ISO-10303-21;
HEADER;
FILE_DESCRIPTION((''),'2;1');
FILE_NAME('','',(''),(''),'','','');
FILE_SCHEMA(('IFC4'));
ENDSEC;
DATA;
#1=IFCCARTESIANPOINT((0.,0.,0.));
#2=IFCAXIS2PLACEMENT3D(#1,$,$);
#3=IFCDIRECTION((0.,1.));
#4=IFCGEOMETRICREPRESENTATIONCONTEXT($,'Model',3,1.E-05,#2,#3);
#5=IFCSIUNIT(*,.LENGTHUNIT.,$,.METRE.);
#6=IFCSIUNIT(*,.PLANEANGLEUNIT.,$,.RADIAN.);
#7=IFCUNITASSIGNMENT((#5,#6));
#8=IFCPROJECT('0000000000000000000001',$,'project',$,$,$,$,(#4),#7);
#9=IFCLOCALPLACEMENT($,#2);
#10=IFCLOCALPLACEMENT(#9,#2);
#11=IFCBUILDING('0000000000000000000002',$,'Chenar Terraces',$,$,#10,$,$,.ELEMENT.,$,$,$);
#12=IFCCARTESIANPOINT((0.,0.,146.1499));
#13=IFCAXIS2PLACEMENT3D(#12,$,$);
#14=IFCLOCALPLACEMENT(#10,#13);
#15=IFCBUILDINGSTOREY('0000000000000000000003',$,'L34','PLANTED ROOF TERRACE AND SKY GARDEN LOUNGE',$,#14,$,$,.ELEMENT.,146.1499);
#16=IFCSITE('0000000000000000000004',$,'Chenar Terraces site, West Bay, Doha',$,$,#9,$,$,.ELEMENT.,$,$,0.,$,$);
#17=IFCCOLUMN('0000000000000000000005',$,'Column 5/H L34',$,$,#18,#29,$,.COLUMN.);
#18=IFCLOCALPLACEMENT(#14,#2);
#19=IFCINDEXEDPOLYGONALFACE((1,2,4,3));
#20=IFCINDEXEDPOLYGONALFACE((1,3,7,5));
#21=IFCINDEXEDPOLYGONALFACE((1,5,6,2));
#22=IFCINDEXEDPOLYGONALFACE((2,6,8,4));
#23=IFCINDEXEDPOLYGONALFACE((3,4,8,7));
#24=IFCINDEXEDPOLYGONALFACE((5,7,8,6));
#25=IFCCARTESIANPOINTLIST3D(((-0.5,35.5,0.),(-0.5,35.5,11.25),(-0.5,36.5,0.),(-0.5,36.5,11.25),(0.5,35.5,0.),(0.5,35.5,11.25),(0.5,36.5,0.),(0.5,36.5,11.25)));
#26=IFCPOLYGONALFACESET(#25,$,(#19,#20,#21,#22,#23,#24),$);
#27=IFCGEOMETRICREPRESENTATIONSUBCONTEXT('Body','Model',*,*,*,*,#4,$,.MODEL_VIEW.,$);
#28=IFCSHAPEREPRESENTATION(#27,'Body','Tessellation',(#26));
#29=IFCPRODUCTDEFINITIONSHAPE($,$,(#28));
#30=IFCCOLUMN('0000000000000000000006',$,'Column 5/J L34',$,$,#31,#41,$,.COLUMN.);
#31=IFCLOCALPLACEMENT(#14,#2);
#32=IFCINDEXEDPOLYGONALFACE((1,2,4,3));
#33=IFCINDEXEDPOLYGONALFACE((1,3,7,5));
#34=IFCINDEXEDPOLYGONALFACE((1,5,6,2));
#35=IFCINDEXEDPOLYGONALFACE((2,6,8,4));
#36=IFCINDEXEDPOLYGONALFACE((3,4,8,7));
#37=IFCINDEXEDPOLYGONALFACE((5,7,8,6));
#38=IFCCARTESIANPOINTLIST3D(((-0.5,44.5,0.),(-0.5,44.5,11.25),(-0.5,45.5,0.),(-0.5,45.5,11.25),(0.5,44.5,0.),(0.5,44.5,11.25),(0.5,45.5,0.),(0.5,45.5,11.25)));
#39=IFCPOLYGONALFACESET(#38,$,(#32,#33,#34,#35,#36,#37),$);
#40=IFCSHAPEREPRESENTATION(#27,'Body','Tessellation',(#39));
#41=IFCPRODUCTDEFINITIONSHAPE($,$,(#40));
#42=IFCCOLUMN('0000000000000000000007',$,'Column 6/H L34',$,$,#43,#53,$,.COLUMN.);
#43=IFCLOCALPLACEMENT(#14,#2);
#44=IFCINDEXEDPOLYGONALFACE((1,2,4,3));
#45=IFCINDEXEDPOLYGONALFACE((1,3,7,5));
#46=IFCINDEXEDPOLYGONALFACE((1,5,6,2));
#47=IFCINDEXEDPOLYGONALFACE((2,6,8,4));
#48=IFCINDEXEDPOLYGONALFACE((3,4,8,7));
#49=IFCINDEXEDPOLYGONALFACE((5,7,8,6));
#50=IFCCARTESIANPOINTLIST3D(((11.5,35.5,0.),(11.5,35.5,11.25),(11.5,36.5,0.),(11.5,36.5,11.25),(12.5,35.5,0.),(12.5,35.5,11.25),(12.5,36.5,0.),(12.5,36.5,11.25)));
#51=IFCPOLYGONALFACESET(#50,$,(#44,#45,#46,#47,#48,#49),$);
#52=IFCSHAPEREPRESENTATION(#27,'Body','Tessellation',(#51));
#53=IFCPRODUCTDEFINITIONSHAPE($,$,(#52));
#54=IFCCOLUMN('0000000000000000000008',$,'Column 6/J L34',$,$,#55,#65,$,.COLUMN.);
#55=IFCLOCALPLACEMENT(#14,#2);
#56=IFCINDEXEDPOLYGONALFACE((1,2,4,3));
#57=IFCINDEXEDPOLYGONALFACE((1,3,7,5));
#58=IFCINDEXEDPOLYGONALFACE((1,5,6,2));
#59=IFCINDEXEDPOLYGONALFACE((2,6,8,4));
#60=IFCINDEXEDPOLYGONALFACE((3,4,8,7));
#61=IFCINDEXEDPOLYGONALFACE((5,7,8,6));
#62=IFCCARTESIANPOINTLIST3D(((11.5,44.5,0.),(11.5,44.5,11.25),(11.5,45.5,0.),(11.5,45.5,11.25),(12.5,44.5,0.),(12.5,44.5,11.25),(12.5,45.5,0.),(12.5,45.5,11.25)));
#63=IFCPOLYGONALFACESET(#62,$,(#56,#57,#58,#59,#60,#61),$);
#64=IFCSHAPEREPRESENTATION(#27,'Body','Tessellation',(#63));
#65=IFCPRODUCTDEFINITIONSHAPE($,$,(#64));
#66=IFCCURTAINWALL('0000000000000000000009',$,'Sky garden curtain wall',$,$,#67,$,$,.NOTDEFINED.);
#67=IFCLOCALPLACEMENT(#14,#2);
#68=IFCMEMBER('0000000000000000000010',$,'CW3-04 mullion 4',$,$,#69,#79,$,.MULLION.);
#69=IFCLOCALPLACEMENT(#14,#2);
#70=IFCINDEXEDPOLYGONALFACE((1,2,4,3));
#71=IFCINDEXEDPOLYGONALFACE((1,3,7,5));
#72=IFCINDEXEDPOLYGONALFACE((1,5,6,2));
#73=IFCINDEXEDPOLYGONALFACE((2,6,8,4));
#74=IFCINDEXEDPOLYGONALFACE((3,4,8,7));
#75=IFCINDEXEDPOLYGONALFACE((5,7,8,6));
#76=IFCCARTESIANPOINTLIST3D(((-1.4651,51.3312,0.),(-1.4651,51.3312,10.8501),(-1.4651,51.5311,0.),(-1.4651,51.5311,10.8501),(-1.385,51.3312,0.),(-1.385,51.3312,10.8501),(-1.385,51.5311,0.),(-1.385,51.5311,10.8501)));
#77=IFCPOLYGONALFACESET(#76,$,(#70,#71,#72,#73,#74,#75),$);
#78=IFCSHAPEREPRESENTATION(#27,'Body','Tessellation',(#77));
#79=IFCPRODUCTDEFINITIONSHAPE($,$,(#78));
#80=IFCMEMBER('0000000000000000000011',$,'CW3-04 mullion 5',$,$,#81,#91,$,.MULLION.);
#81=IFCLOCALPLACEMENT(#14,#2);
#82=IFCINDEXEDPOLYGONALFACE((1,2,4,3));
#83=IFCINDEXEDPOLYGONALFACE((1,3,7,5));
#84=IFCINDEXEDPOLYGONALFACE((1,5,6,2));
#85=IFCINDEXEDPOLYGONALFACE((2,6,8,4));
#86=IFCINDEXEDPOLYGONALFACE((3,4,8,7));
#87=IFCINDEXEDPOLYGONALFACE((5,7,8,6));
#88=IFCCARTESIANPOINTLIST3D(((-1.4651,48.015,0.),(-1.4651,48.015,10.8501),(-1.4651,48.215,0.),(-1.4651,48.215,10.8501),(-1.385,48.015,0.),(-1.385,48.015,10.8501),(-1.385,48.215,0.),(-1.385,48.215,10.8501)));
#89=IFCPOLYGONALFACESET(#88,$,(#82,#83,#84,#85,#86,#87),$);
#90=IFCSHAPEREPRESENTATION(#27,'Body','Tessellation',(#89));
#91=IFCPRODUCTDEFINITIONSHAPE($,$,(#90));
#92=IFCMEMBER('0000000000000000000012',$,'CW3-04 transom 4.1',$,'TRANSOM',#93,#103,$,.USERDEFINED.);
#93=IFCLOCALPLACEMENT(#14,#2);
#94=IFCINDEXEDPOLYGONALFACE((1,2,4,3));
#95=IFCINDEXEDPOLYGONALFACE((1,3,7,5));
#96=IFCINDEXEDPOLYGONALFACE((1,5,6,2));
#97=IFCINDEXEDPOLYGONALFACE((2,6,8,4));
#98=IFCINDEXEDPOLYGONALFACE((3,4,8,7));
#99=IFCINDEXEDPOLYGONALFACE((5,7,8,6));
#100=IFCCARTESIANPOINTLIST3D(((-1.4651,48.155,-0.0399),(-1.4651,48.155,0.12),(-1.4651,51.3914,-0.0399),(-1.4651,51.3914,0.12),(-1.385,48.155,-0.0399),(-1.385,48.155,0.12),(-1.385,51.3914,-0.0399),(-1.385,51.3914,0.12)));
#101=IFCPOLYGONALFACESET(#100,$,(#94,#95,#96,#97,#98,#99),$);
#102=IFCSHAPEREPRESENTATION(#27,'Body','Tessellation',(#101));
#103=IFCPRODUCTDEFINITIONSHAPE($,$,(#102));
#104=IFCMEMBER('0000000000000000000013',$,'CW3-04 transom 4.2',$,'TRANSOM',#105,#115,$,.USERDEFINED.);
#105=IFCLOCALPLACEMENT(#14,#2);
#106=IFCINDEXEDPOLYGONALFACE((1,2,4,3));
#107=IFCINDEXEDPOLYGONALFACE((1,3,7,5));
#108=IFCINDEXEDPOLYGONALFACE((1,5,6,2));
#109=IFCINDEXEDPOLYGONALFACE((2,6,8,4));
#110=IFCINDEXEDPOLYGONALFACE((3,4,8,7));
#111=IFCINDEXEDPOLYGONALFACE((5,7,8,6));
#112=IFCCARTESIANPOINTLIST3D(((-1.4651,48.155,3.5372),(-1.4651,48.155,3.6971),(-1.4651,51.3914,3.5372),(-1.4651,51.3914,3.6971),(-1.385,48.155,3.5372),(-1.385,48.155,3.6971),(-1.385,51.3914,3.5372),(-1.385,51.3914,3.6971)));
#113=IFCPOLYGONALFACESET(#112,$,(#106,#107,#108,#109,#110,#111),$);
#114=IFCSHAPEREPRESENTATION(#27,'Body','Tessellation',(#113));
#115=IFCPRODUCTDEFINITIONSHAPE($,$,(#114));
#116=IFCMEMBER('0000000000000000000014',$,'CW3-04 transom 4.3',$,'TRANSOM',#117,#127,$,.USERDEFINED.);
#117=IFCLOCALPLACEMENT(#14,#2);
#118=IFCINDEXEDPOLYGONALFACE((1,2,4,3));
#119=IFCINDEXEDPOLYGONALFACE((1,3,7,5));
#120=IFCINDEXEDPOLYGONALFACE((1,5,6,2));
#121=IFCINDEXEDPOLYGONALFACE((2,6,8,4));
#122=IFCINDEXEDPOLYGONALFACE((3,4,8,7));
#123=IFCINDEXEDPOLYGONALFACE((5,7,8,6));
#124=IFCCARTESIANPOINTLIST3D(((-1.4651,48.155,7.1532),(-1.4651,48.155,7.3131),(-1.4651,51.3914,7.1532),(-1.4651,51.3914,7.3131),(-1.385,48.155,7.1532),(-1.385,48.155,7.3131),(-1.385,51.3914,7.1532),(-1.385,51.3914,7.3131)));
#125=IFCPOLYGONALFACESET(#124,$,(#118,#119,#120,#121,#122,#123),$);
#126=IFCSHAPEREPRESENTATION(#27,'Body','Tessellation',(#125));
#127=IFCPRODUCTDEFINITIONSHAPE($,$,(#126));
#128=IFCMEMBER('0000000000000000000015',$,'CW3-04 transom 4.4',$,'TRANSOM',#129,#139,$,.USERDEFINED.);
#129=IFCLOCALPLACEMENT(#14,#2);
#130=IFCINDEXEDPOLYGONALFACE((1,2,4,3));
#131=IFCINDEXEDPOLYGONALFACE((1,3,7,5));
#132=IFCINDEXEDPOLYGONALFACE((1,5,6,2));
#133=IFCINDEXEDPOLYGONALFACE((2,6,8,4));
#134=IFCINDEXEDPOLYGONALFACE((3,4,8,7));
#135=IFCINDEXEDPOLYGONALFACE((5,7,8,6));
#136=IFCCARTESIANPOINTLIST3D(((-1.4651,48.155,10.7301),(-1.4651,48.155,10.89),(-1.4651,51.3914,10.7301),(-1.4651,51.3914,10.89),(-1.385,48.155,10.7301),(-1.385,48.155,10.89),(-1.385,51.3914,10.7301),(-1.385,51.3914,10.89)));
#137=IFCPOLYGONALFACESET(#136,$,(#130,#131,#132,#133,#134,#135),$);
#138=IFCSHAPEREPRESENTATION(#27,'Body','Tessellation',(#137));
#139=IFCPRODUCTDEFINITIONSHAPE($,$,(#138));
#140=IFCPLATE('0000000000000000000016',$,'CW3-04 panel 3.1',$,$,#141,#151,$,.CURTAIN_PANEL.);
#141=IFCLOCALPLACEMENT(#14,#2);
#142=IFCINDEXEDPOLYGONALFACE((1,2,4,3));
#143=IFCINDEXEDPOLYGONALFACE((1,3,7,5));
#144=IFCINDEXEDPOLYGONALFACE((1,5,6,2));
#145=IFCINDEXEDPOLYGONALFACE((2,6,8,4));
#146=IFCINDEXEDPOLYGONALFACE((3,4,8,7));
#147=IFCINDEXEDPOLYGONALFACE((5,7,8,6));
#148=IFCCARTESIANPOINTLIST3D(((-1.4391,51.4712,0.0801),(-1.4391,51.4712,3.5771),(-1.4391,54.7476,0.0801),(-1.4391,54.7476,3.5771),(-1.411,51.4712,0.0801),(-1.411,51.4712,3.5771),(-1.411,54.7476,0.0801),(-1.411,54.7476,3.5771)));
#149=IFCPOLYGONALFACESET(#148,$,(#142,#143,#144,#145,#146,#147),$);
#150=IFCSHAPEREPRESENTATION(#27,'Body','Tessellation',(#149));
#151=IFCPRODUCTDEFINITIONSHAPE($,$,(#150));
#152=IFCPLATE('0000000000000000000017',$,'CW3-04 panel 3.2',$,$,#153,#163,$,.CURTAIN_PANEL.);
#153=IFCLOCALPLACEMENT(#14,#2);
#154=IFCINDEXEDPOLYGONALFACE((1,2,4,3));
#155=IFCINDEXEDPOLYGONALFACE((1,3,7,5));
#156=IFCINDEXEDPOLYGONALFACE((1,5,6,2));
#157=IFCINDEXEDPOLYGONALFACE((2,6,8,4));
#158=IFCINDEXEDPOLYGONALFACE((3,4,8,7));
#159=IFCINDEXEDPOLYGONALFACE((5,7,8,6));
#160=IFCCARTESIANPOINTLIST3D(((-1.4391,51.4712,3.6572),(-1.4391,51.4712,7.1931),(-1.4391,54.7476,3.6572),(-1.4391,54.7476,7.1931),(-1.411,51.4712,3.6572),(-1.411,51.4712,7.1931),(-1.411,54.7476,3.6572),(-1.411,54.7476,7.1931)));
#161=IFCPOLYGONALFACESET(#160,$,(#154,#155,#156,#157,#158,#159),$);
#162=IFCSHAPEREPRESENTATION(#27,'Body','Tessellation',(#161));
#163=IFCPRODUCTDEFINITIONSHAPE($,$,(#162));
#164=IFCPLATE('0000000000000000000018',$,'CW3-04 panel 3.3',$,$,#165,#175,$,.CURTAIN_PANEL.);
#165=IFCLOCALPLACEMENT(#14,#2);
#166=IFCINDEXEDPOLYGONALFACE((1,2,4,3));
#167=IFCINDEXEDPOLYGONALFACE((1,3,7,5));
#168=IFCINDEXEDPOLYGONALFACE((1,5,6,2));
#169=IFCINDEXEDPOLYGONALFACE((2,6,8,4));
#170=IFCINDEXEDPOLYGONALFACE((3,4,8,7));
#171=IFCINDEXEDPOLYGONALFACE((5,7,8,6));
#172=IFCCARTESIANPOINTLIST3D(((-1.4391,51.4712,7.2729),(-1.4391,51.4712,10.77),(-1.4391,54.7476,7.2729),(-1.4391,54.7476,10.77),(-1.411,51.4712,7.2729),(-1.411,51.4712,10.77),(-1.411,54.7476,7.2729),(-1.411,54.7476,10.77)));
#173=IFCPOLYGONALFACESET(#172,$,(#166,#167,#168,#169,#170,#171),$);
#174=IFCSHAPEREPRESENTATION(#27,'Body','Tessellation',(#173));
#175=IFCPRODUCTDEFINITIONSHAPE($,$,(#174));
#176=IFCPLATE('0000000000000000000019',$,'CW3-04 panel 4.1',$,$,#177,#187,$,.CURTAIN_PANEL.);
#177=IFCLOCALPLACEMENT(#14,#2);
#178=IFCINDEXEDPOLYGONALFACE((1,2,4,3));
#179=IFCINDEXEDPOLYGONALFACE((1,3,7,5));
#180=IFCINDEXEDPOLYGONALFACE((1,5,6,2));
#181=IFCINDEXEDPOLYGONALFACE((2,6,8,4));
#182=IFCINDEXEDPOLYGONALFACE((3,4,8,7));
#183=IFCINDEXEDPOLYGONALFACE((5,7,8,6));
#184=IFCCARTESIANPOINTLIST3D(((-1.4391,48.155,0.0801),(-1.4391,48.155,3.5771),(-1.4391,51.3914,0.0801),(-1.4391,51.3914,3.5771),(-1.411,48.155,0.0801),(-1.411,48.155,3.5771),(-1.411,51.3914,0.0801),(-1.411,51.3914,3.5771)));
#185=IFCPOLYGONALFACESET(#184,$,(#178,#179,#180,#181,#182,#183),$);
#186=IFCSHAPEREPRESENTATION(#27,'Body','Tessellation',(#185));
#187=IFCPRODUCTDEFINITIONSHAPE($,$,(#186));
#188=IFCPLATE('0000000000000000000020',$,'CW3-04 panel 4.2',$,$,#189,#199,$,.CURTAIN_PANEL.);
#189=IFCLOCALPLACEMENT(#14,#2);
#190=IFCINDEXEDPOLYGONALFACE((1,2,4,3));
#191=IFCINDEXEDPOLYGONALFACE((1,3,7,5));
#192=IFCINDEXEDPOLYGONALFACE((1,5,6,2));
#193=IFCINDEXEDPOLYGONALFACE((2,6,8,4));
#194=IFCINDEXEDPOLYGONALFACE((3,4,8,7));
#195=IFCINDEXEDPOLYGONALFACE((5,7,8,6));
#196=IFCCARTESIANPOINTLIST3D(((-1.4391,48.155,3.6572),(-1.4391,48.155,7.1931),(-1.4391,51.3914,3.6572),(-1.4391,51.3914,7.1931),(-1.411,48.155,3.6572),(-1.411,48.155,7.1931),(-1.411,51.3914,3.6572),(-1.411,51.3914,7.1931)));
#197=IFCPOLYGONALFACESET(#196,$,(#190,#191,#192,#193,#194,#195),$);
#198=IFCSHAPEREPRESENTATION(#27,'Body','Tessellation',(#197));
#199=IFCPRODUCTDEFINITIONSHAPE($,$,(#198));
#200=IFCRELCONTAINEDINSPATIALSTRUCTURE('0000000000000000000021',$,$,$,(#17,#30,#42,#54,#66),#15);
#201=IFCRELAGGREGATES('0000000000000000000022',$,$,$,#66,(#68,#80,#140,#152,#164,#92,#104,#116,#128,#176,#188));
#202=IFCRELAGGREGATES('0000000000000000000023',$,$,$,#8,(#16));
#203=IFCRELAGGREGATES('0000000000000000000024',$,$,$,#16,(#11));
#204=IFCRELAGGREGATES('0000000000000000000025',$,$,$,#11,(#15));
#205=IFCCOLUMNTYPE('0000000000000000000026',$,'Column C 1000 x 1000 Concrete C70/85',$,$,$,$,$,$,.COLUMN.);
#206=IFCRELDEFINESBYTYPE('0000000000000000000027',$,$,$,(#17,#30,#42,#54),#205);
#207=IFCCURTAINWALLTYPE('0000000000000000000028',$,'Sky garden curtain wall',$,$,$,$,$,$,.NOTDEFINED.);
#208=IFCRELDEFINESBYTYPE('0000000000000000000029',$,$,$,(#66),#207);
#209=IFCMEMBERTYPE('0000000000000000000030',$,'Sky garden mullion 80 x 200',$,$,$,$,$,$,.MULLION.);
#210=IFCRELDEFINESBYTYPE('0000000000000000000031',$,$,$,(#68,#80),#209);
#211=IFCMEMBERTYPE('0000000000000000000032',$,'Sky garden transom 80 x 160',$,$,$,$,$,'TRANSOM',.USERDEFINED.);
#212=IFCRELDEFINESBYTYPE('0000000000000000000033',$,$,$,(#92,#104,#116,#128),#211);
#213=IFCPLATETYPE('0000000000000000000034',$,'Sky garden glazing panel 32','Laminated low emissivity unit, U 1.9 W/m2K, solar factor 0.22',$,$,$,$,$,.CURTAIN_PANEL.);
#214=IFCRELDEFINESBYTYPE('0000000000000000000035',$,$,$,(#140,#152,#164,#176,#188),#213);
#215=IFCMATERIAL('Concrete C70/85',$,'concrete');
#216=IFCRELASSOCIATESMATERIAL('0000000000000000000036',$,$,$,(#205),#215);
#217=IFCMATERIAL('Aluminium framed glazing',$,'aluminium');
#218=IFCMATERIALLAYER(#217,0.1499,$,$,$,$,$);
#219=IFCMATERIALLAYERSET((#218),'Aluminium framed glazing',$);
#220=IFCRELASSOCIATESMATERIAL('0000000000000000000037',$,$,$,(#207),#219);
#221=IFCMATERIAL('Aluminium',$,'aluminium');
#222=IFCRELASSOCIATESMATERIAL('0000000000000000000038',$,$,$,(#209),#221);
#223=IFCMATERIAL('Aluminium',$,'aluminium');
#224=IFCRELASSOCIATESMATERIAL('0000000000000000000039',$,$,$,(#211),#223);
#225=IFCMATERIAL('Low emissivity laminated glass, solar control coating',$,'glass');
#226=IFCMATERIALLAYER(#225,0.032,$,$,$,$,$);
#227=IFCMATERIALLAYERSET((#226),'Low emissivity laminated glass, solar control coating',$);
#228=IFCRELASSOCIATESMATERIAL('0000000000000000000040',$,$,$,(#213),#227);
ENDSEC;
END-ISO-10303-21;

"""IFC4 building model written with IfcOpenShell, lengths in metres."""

from ifc_helpers import new_model, si_unit, direction, frame, origin, origin_2d, place, context, subcontext, project, spatial, rectangle, extrude, material, layer, layer_set, material_profile, profile_set, type_object, element, aggregate, save


model = new_model("IFC4")

# Units and contexts
model_context = context("Model", 3, precision=1e-05, world=origin(), true_north=direction((0.0, 1.0)))
body_context = subcontext(model_context, "Body", "Model", "MODEL_VIEW")
ifc_project = project(units=[si_unit("LENGTHUNIT", "METRE"), si_unit("PLANEANGLEUNIT", "RADIAN")], contexts=[model_context])

# Site, building, storey
site_placement = place(None, origin())
site = spatial("IfcSite", under=ifc_project, at=site_placement, Name="Chenar Terraces site, West Bay, Doha", CompositionType="ELEMENT", RefElevation=0.0)
building_placement = place(site_placement, origin())
building = spatial("IfcBuilding", under=site, at=building_placement, Name="Chenar Terraces", CompositionType="ELEMENT")
storey_placement = place(building_placement, frame((0.0, 0.0, 146.1499)))
storey = spatial("IfcBuildingStorey", under=building, at=storey_placement, Name="L34", Description="PLANTED ROOF TERRACE AND SKY GARDEN LOUNGE", CompositionType="ELEMENT", Elevation=146.1499)

# Columns
ifc_material_1 = material(Name="Concrete C70/85", Category="concrete")
ifc_material_profile_1 = material_profile(ifc_material_1, rectangle(XDim=1.0, YDim=1.0, at=origin_2d()), Name="C 1000 x 1000")
ifc_profile_set_1 = profile_set([ifc_material_profile_1], Name="Concrete C70/85")
column_type = type_object("IfcColumnType", Name="Column C 1000 x 1000 Concrete C70/85", PredefinedType="COLUMN", material=ifc_profile_set_1)
for number, where, z_axis, x_axis, name in (
    (1, (0.0, 36.0, 0.0), (0.0, 0.0, 1.0), (1.0, 0.0, 0.0), "Column 5/H L34"),
    (2, (0.0, 45.0, 0.0), (0.0, 0.0, 1.0), (1.0, 0.0, 0.0), "Column 5/J L34"),
    (3, (12.0, 36.0, 0.0), (0.0, 0.0, 1.0), (1.0, 0.0, 0.0), "Column 6/H L34"),
    (4, (12.0, 45.0, 0.0), (0.0, 0.0, 1.0), (1.0, 0.0, 0.0), "Column 6/J L34"),
):
    element("IfcColumn", number, at=place(storey_placement, frame(where, z_axis=z_axis, x_axis=x_axis)), inside=storey, type_object=column_type, Name=name, PredefinedType="COLUMN", context=body_context, shape_type="SweptSolid", body=[
        extrude(rectangle(XDim=1.0, YDim=1.0, at=origin_2d()), origin(), (0.0, 0.0, 1.0), 11.25),
    ])

# Curtain wall, members, plates
ifc_material_2 = material(Name="Aluminium framed glazing", Category="aluminium")
ifc_layer_1 = layer(ifc_material_2, 0.1499)
ifc_layer_set_1 = layer_set([ifc_layer_1], Name="Aluminium framed glazing")
curtain_wall_type = type_object("IfcCurtainWallType", Name="Sky garden curtain wall", PredefinedType="NOTDEFINED", material=ifc_layer_set_1)
curtain_wall_placement = place(storey_placement, origin())
curtain_wall = element("IfcCurtainWall", 5, at=curtain_wall_placement, inside=storey, type_object=curtain_wall_type, Name="Sky garden curtain wall", PredefinedType="NOTDEFINED")
ifc_material_3 = material(Name="Aluminium", Category="aluminium")
ifc_material_profile_2 = material_profile(ifc_material_3, rectangle(XDim=0.0801, YDim=0.2, at=origin_2d()), Name="Sky garden mullion 80 x 200")
ifc_profile_set_2 = profile_set([ifc_material_profile_2], Name="Aluminium")
member_type_1 = type_object("IfcMemberType", Name="Sky garden mullion 80 x 200", PredefinedType="MULLION", material=ifc_profile_set_2)
member_1_placement = place(storey_placement, frame((-1.425, 51.4312, 0.0), z_axis=(0.0, 0.0, 1.0), x_axis=(1.0, 0.0, 0.0)))
member_1 = element("IfcMember", 6, at=member_1_placement, type_object=member_type_1, Name="CW3-04 mullion 4", PredefinedType="MULLION", context=body_context, shape_type="SweptSolid", body=[
    extrude(rectangle(XDim=0.0801, YDim=0.2, at=origin_2d()), origin(), (0.0, 0.0, 1.0), 10.8501),
])
member_2_placement = place(storey_placement, frame((-1.425, 48.115, 0.0), z_axis=(0.0, 0.0, 1.0), x_axis=(1.0, 0.0, 0.0)))
member_2 = element("IfcMember", 7, at=member_2_placement, type_object=member_type_1, Name="CW3-04 mullion 5", PredefinedType="MULLION", context=body_context, shape_type="SweptSolid", body=[
    extrude(rectangle(XDim=0.0801, YDim=0.2, at=origin_2d()), origin(), (0.0, 0.0, 1.0), 10.8501),
])
ifc_material_4 = material(Name="Aluminium", Category="aluminium")
ifc_material_profile_3 = material_profile(ifc_material_4, rectangle(XDim=0.0801, YDim=0.1599, at=origin_2d()), Name="Sky garden transom 80 x 160")
ifc_profile_set_3 = profile_set([ifc_material_profile_3], Name="Aluminium")
member_type_2 = type_object("IfcMemberType", Name="Sky garden transom 80 x 160", ElementType="TRANSOM", PredefinedType="USERDEFINED", material=ifc_profile_set_3)
member_3_placement = place(storey_placement, frame((-1.425, 51.3914, 0.04), z_axis=(0.0, -1.0, 0.0), x_axis=(1.0, 0.0, 0.0)))
member_3 = element("IfcMember", 8, at=member_3_placement, type_object=member_type_2, Name="CW3-04 transom 4.1", ObjectType="TRANSOM", PredefinedType="USERDEFINED", context=body_context, shape_type="SweptSolid", body=[
    extrude(rectangle(XDim=0.0801, YDim=0.1599, at=origin_2d()), origin(), (0.0, 0.0, 1.0), 3.2363),
])
member_4_placement = place(storey_placement, frame((-1.425, 51.3914, 3.6172), z_axis=(0.0, -1.0, 0.0), x_axis=(1.0, 0.0, 0.0)))
member_4 = element("IfcMember", 9, at=member_4_placement, type_object=member_type_2, Name="CW3-04 transom 4.2", ObjectType="TRANSOM", PredefinedType="USERDEFINED", context=body_context, shape_type="SweptSolid", body=[
    extrude(rectangle(XDim=0.0801, YDim=0.1599, at=origin_2d()), origin(), (0.0, 0.0, 1.0), 3.2363),
])
member_5_placement = place(storey_placement, frame((-1.425, 51.3914, 7.2332), z_axis=(0.0, -1.0, 0.0), x_axis=(1.0, 0.0, 0.0)))
member_5 = element("IfcMember", 10, at=member_5_placement, type_object=member_type_2, Name="CW3-04 transom 4.3", ObjectType="TRANSOM", PredefinedType="USERDEFINED", context=body_context, shape_type="SweptSolid", body=[
    extrude(rectangle(XDim=0.0801, YDim=0.1599, at=origin_2d()), origin(), (0.0, 0.0, 1.0), 3.2363),
])
member_6_placement = place(storey_placement, frame((-1.425, 51.3914, 10.8101), z_axis=(0.0, -1.0, 0.0), x_axis=(1.0, 0.0, 0.0)))
member_6 = element("IfcMember", 11, at=member_6_placement, type_object=member_type_2, Name="CW3-04 transom 4.4", ObjectType="TRANSOM", PredefinedType="USERDEFINED", context=body_context, shape_type="SweptSolid", body=[
    extrude(rectangle(XDim=0.0801, YDim=0.1599, at=origin_2d()), origin(), (0.0, 0.0, 1.0), 3.2363),
])
ifc_material_5 = material(Name="Low emissivity laminated glass, solar control coating", Category="glass")
ifc_layer_2 = layer(ifc_material_5, 0.032)
ifc_layer_set_2 = layer_set([ifc_layer_2], Name="Low emissivity laminated glass, solar control coating")
plate_type = type_object("IfcPlateType", Name="Sky garden glazing panel 32", Description="Laminated low emissivity unit, U 1.9 W/m2K, solar factor 0.22", PredefinedType="CURTAIN_PANEL", material=ifc_layer_set_2)
plate_1_placement = place(storey_placement, frame((-1.425, 53.1094, 0.0801), z_axis=(0.0, 0.0, 1.0), x_axis=(0.0, -1.0, 0.0)))
plate_1 = element("IfcPlate", 12, at=plate_1_placement, type_object=plate_type, Name="CW3-04 panel 3.1", PredefinedType="CURTAIN_PANEL", context=body_context, shape_type="SweptSolid", body=[
    extrude(rectangle(XDim=3.2764, YDim=0.0281, at=origin_2d()), origin(), (0.0, 0.0, 1.0), 3.4971),
])
plate_2_placement = place(storey_placement, frame((-1.425, 53.1094, 3.6572), z_axis=(0.0, 0.0, 1.0), x_axis=(0.0, -1.0, 0.0)))
plate_2 = element("IfcPlate", 13, at=plate_2_placement, type_object=plate_type, Name="CW3-04 panel 3.2", PredefinedType="CURTAIN_PANEL", context=body_context, shape_type="SweptSolid", body=[
    extrude(rectangle(XDim=3.2764, YDim=0.0281, at=origin_2d()), origin(), (0.0, 0.0, 1.0), 3.5359),
])
plate_3_placement = place(storey_placement, frame((-1.425, 53.1094, 7.2729), z_axis=(0.0, 0.0, 1.0), x_axis=(0.0, -1.0, 0.0)))
plate_3 = element("IfcPlate", 14, at=plate_3_placement, type_object=plate_type, Name="CW3-04 panel 3.3", PredefinedType="CURTAIN_PANEL", context=body_context, shape_type="SweptSolid", body=[
    extrude(rectangle(XDim=3.2764, YDim=0.0281, at=origin_2d()), origin(), (0.0, 0.0, 1.0), 3.4971),
])
plate_4_placement = place(storey_placement, frame((-1.425, 49.7732, 0.0801), z_axis=(0.0, 0.0, 1.0), x_axis=(0.0, -1.0, 0.0)))
plate_4 = element("IfcPlate", 15, at=plate_4_placement, type_object=plate_type, Name="CW3-04 panel 4.1", PredefinedType="CURTAIN_PANEL", context=body_context, shape_type="SweptSolid", body=[
    extrude(rectangle(XDim=3.2363, YDim=0.0281, at=origin_2d()), origin(), (0.0, 0.0, 1.0), 3.4971),
])
plate_5_placement = place(storey_placement, frame((-1.425, 49.7732, 3.6572), z_axis=(0.0, 0.0, 1.0), x_axis=(0.0, -1.0, 0.0)))
plate_5 = element("IfcPlate", 16, at=plate_5_placement, type_object=plate_type, Name="CW3-04 panel 4.2", PredefinedType="CURTAIN_PANEL", context=body_context, shape_type="SweptSolid", body=[
    extrude(rectangle(XDim=3.2363, YDim=0.0281, at=origin_2d()), origin(), (0.0, 0.0, 1.0), 3.5359),
])
aggregate(curtain_wall, [member_1, member_2, plate_1, plate_2, plate_3, member_3, member_4, member_5, member_6, plate_4, plate_5])

save(model, "model.ifc")
